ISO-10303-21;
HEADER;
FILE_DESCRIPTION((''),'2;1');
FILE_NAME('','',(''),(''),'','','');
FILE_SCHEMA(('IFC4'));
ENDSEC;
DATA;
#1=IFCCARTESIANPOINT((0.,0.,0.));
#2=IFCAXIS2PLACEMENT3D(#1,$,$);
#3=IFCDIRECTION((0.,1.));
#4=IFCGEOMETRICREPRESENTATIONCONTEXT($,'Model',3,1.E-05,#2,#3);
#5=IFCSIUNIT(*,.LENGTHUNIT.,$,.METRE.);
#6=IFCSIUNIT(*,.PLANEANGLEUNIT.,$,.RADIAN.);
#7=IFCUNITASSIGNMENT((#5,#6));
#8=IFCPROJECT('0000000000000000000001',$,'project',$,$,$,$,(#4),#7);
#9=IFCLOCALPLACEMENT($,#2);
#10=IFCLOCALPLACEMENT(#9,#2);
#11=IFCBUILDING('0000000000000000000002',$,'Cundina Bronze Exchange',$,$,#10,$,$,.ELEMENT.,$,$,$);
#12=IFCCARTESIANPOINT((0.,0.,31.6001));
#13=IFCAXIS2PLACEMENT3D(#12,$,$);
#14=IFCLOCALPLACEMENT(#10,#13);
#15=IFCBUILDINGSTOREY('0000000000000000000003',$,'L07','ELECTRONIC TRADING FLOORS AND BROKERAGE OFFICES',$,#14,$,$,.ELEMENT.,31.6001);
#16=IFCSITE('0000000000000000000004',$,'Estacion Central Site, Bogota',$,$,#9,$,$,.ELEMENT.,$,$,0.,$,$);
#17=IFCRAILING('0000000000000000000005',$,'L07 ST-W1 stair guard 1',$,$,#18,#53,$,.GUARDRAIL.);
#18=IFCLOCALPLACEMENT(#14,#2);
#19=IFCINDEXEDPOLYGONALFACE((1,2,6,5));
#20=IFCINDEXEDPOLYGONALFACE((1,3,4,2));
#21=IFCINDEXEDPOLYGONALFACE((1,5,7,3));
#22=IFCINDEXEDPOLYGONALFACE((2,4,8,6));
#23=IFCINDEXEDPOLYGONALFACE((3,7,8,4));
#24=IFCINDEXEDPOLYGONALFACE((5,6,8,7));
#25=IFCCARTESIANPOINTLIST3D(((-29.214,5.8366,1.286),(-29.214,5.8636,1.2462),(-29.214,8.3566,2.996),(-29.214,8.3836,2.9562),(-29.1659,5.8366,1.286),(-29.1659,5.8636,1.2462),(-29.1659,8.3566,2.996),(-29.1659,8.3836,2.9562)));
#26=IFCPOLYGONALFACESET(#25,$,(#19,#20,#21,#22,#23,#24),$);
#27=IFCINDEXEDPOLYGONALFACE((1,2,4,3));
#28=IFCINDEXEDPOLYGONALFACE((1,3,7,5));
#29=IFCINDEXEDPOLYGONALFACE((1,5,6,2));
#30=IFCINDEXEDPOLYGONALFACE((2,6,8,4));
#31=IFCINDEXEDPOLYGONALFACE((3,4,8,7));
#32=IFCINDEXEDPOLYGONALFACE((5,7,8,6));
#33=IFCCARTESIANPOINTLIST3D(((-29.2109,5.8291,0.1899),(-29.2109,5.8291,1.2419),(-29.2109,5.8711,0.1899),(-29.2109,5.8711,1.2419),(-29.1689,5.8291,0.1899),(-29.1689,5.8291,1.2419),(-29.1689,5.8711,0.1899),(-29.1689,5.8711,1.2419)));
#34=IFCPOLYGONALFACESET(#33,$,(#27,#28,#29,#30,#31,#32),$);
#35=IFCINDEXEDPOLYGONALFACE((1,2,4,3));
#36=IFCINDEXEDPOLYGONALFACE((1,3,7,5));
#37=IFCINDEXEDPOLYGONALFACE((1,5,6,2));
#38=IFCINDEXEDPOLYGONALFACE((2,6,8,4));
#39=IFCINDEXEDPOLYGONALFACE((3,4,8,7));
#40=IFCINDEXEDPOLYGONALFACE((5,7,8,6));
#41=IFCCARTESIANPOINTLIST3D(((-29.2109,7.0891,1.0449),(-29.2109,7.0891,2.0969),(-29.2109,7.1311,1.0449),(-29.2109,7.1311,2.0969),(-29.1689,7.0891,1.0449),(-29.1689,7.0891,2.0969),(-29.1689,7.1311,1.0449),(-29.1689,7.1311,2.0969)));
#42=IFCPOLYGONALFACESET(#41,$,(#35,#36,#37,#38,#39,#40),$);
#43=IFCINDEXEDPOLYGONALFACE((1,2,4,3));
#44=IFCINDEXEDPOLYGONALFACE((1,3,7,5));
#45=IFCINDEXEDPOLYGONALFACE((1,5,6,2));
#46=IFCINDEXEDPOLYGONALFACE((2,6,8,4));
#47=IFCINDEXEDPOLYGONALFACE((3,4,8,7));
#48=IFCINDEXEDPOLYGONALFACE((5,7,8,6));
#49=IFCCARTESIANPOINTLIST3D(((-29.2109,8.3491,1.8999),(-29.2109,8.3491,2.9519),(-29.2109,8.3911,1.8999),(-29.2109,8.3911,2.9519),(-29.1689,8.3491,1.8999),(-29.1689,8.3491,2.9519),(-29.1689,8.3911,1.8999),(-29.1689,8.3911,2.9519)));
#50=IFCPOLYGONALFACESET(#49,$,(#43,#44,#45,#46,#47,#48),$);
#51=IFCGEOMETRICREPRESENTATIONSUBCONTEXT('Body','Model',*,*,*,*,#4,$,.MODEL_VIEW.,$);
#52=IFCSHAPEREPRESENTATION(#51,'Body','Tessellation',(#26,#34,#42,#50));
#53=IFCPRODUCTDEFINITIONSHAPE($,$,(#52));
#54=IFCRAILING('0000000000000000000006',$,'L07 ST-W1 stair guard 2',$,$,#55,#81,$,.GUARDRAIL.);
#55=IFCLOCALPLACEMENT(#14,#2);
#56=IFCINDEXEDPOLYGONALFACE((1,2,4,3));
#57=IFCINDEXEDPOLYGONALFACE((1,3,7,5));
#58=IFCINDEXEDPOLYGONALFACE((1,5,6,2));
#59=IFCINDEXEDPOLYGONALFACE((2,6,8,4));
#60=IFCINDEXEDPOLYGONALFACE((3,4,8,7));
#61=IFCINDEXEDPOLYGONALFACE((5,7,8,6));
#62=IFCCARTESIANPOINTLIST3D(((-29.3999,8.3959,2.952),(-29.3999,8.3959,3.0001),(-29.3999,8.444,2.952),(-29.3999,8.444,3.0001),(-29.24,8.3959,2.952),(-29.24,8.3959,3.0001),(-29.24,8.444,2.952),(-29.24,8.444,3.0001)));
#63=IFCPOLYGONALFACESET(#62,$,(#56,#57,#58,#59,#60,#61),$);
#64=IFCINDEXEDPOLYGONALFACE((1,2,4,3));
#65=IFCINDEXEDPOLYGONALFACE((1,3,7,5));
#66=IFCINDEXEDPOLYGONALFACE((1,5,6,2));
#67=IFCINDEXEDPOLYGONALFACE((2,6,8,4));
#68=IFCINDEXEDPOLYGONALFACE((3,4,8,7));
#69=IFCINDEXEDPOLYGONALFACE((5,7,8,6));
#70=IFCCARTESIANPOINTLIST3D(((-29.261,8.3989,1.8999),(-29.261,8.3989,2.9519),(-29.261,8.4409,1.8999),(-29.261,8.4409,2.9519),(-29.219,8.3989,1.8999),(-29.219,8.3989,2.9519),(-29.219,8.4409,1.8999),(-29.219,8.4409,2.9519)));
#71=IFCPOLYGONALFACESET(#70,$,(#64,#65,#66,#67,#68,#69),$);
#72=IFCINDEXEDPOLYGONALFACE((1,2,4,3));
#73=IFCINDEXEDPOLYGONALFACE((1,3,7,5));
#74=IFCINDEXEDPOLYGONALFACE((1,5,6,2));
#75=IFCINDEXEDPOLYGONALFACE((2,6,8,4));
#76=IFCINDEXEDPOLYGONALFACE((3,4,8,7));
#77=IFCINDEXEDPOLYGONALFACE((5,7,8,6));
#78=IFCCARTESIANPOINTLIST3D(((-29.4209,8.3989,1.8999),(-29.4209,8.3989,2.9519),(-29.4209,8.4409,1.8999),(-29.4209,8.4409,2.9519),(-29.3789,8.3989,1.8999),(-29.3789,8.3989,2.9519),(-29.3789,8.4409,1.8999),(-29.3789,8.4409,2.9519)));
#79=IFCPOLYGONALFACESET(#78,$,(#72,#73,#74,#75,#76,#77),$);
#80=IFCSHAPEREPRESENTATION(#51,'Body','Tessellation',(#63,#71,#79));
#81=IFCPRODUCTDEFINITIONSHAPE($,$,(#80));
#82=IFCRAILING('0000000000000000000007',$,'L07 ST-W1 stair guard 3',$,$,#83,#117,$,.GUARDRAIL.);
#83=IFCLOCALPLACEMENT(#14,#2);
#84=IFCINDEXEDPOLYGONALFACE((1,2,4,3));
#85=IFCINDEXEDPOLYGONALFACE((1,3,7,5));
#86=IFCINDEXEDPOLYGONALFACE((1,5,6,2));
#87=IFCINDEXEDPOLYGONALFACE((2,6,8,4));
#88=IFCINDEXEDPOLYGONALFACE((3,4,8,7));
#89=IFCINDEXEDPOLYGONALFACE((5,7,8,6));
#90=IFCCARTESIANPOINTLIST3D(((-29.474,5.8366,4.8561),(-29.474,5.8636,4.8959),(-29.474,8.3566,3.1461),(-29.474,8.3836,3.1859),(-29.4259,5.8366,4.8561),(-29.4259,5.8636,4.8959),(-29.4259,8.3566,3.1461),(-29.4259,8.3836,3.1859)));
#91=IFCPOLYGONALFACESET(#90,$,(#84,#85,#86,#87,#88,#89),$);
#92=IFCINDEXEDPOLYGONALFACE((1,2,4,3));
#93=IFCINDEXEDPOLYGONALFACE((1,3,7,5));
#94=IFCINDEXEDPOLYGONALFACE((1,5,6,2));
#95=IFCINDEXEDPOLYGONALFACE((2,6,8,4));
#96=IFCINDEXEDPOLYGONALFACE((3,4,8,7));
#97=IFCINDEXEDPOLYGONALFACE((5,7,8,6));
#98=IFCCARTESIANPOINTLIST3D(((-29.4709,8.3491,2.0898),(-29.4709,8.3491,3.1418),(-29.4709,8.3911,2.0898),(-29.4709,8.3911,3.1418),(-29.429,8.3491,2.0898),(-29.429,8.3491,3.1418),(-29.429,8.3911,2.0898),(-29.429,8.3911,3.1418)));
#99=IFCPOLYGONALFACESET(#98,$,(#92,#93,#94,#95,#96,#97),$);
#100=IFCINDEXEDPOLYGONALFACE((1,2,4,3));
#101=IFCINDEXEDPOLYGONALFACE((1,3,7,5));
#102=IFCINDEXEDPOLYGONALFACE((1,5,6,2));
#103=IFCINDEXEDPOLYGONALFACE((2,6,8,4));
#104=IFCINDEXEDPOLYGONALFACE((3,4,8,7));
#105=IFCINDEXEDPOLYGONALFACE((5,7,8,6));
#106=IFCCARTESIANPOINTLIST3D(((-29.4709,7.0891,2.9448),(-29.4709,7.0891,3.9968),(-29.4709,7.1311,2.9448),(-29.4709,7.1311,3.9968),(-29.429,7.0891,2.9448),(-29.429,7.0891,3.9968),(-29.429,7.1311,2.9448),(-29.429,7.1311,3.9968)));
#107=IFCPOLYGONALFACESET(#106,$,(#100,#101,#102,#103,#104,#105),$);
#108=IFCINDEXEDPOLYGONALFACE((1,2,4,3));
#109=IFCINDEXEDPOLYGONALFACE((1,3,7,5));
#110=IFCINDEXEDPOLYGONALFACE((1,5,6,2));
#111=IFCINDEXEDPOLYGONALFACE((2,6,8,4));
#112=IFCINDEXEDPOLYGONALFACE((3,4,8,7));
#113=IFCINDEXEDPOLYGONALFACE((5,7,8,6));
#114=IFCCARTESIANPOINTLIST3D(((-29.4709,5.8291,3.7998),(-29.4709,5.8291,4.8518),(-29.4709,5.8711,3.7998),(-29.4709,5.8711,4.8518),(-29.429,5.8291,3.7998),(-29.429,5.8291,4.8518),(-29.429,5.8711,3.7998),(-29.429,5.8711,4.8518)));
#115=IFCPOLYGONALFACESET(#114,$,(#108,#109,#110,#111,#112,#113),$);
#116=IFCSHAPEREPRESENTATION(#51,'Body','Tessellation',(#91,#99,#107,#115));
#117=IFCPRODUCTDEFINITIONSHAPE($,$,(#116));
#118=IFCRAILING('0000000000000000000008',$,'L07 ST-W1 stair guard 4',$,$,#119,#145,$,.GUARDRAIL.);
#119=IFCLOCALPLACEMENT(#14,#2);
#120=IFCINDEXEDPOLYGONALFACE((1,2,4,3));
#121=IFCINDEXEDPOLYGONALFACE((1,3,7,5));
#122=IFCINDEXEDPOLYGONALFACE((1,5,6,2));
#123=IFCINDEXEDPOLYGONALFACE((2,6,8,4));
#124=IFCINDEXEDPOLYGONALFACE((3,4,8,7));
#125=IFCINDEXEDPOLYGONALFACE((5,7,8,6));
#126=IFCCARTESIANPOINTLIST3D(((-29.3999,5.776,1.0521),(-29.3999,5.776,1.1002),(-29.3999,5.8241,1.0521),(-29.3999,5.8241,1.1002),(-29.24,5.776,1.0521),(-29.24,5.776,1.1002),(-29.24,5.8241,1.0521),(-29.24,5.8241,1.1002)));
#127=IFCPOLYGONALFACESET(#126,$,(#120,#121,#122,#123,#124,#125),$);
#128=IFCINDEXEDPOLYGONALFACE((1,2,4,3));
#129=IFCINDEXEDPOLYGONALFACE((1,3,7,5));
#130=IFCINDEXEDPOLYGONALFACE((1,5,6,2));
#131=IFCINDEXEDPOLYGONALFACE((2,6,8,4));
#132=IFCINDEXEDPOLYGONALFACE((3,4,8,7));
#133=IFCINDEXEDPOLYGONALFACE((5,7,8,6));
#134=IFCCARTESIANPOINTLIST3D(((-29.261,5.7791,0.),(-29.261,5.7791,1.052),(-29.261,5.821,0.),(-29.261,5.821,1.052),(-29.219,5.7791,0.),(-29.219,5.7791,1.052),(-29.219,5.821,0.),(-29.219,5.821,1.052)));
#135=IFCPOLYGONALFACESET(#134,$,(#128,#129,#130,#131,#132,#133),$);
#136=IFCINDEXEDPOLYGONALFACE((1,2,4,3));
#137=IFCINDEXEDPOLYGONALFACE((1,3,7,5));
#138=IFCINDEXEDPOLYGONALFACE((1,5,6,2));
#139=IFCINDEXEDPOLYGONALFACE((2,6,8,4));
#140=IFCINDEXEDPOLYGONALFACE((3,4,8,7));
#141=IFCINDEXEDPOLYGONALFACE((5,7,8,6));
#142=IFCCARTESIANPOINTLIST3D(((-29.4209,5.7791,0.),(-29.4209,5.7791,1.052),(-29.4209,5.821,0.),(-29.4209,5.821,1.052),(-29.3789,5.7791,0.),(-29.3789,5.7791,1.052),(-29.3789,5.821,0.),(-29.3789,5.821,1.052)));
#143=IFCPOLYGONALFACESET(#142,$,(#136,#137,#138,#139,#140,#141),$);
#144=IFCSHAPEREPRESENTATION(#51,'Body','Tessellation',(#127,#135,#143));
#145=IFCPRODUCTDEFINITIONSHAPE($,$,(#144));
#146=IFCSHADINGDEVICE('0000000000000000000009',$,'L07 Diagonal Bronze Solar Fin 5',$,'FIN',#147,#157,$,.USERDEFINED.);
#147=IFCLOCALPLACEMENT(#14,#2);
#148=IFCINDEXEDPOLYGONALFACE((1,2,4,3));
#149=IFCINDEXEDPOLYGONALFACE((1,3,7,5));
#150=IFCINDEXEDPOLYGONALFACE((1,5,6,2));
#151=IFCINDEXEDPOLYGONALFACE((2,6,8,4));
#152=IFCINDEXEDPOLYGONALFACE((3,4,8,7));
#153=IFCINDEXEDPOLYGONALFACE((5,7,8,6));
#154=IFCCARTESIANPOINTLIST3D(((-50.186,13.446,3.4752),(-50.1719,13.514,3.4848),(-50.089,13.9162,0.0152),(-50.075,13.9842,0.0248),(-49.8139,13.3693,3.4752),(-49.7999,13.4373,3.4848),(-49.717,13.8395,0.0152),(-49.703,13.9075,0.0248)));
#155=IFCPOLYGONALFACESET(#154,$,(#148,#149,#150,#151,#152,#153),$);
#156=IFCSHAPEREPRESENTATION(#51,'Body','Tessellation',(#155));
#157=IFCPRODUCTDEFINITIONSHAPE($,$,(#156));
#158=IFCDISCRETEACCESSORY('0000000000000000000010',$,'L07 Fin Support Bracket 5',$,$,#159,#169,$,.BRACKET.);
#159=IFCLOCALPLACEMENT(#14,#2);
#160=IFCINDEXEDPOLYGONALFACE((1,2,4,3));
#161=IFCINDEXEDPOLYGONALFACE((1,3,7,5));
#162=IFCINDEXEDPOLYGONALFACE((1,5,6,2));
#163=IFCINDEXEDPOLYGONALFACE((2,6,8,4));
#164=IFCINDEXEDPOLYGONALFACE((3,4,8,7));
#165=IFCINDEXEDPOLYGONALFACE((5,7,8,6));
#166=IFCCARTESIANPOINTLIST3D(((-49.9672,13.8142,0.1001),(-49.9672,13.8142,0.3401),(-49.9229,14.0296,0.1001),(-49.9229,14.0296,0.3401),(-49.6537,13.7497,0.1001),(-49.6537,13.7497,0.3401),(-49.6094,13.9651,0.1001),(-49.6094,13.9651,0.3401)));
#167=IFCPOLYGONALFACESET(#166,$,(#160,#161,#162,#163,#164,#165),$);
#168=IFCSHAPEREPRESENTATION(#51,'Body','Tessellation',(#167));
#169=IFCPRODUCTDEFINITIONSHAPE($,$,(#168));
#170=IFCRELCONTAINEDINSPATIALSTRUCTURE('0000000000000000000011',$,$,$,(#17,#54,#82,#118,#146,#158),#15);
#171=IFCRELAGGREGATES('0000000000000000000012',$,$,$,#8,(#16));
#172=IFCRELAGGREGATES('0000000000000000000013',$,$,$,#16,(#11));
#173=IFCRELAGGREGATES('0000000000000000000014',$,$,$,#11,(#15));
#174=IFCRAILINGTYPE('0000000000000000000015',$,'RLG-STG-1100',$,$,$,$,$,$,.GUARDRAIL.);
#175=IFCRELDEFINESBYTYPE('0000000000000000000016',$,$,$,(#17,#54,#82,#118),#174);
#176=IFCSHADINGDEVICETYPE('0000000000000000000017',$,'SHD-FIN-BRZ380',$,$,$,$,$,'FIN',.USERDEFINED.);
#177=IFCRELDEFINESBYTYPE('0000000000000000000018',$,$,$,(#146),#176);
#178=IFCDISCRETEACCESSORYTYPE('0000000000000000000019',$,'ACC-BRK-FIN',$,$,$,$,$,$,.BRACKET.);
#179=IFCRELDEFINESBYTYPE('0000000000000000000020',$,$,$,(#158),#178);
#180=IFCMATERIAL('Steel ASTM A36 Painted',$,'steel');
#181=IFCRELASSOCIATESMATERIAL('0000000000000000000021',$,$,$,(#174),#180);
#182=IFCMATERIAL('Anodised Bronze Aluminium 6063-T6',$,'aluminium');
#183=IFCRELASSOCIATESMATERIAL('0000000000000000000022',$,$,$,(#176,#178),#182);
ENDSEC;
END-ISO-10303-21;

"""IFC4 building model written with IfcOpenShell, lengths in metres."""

from ifc_helpers import new_model, si_unit, direction, frame, origin, origin_2d, place, context, subcontext, project, spatial, rectangle, extrude, material, material_profile, profile_set, type_object, element, save


model = new_model("IFC4")

# Units and contexts
model_context = context("Model", 3, precision=1e-05, world=origin(), true_north=direction((0.0, 1.0)))
body_context = subcontext(model_context, "Body", "Model", "MODEL_VIEW")
ifc_project = project(units=[si_unit("LENGTHUNIT", "METRE"), si_unit("PLANEANGLEUNIT", "RADIAN")], contexts=[model_context])

# Site, building, storey
site_placement = place(None, origin())
site = spatial("IfcSite", under=ifc_project, at=site_placement, Name="Estacion Central Site, Bogota", CompositionType="ELEMENT", RefElevation=0.0)
building_placement = place(site_placement, origin())
building = spatial("IfcBuilding", under=site, at=building_placement, Name="Cundina Bronze Exchange", CompositionType="ELEMENT")
storey_placement = place(building_placement, frame((0.0, 0.0, 31.6001)))
storey = spatial("IfcBuildingStorey", under=building, at=storey_placement, Name="L07", Description="ELECTRONIC TRADING FLOORS AND BROKERAGE OFFICES", CompositionType="ELEMENT", Elevation=31.6001)

# Shared definitions
ifc_material_1 = material(Name="Anodised Bronze Aluminium 6063-T6", Category="aluminium")

# Shared definitions
ifc_material_2 = material(Name="Steel ASTM A36 Painted", Category="steel")

# Railings
railing_type_1 = type_object("IfcRailingType", Name="RLG-STG-1100", PredefinedType="GUARDRAIL", material=ifc_material_2)
railing_1_placement = place(storey_placement, frame((-29.1899, 5.8501, 0.1899)))
element("IfcRailing", 1, at=railing_1_placement, inside=storey, type_object=railing_type_1, Name="L07 ST-W1 stair guard 1", PredefinedType="GUARDRAIL", context=body_context, shape_type="SweptSolid", body=[
    extrude(rectangle(XDim=0.0481, YDim=0.0481, at=origin_2d()), frame((0.0, 0.0, 1.0762), z_axis=(0.0, 0.827484, 0.56149), x_axis=(-1.0, 0.0, 0.0)), (0.0, 0.0, 1.0), 3.0454),
    extrude(rectangle(XDim=0.042, YDim=0.042, at=origin_2d()), origin(), (0.0, 0.0, 1.0), 1.052),
    extrude(rectangle(XDim=0.042, YDim=0.042, at=origin_2d()), frame((0.0, 1.26, 0.855)), (0.0, 0.0, 1.0), 1.052),
    extrude(rectangle(XDim=0.042, YDim=0.042, at=origin_2d()), frame((0.0, 2.52, 1.71)), (0.0, 0.0, 1.0), 1.052),
])
railing_2_placement = place(storey_placement, frame((-29.24, 8.4199, 1.8999)))
element("IfcRailing", 2, at=railing_2_placement, inside=storey, type_object=railing_type_1, Name="L07 ST-W1 stair guard 2", PredefinedType="GUARDRAIL", context=body_context, shape_type="SweptSolid", body=[
    extrude(rectangle(XDim=0.0481, YDim=0.0481, at=origin_2d()), frame((0.0, 0.0, 1.0762), z_axis=(-1.0, 0.0, 0.0), x_axis=(0.0, -1.0, 0.0)), (0.0, 0.0, 1.0), 0.1599),
    extrude(rectangle(XDim=0.042, YDim=0.042, at=origin_2d()), origin(), (0.0, 0.0, 1.0), 1.052),
    extrude(rectangle(XDim=0.042, YDim=0.042, at=origin_2d()), frame((-0.1599, 0.0, 0.0)), (0.0, 0.0, 1.0), 1.052),
])
railing_3_placement = place(storey_placement, frame((-29.45, 8.3701, 2.0898)))
element("IfcRailing", 3, at=railing_3_placement, inside=storey, type_object=railing_type_1, Name="L07 ST-W1 stair guard 3", PredefinedType="GUARDRAIL", context=body_context, shape_type="SweptSolid", body=[
    extrude(rectangle(XDim=0.0481, YDim=0.0481, at=origin_2d()), frame((0.0, 0.0, 1.0762), z_axis=(0.0, -0.827484, 0.56149), x_axis=(1.0, 0.0, 0.0)), (0.0, 0.0, 1.0), 3.0454),
    extrude(rectangle(XDim=0.042, YDim=0.042, at=origin_2d()), origin(), (0.0, 0.0, 1.0), 1.052),
    extrude(rectangle(XDim=0.042, YDim=0.042, at=origin_2d()), frame((0.0, -1.26, 0.855)), (0.0, 0.0, 1.0), 1.052),
    extrude(rectangle(XDim=0.042, YDim=0.042, at=origin_2d()), frame((0.0, -2.52, 1.71)), (0.0, 0.0, 1.0), 1.052),
])
railing_4_placement = place(storey_placement, frame((-29.24, 5.8, 0.0)))
element("IfcRailing", 4, at=railing_4_placement, inside=storey, type_object=railing_type_1, Name="L07 ST-W1 stair guard 4", PredefinedType="GUARDRAIL", context=body_context, shape_type="SweptSolid", body=[
    extrude(rectangle(XDim=0.0481, YDim=0.0481, at=origin_2d()), frame((0.0, 0.0, 1.0762), z_axis=(-1.0, 0.0, 0.0), x_axis=(0.0, -1.0, 0.0)), (0.0, 0.0, 1.0), 0.1599),
    extrude(rectangle(XDim=0.042, YDim=0.042, at=origin_2d()), origin(), (0.0, 0.0, 1.0), 1.052),
    extrude(rectangle(XDim=0.042, YDim=0.042, at=origin_2d()), frame((-0.1599, 0.0, 0.0)), (0.0, 0.0, 1.0), 1.052),
])

# Shading device
ifc_material_profile_1 = material_profile(ifc_material_1, rectangle(XDim=0.0701, YDim=0.3799, at=origin_2d()), Name="FIN70X380", Category="aluminium")
ifc_profile_set_1 = profile_set([ifc_material_profile_1], Name="Anodised Bronze Aluminium 6063-T6")
shading_device_type = type_object("IfcShadingDeviceType", Name="SHD-FIN-BRZ380", ElementType="FIN", PredefinedType="USERDEFINED", material=ifc_profile_set_1)
shading_device_placement = place(storey_placement, frame((-49.896, 13.9119, 0.02), z_axis=(-0.027747, -0.134612, 0.99051), x_axis=(0.199967, 0.970115, 0.137442)))
element("IfcShadingDevice", 5, at=shading_device_placement, inside=storey, type_object=shading_device_type, Name="L07 Diagonal Bronze Solar Fin 5", ObjectType="FIN", PredefinedType="USERDEFINED", context=body_context, shape_type="SweptSolid", body=[
    extrude(rectangle(XDim=0.0701, YDim=0.3799, at=origin_2d()), origin(), (0.0, 0.0, 1.0), 3.4932),
])

# Discrete accessory
discrete_accessory_type = type_object("IfcDiscreteAccessoryType", Name="ACC-BRK-FIN", PredefinedType="BRACKET", material=ifc_material_1)
discrete_accessory_placement = place(storey_placement, frame((-49.7883, 13.8896, 0.1001), z_axis=(0.0, 0.0, 1.0), x_axis=(-0.20142, -0.979505, 0.0)))
element("IfcDiscreteAccessory", 6, at=discrete_accessory_placement, inside=storey, type_object=discrete_accessory_type, Name="L07 Fin Support Bracket 5", PredefinedType="BRACKET", context=body_context, shape_type="SweptSolid", body=[
    extrude(rectangle(XDim=0.22, YDim=0.3201, at=origin_2d()), origin(), (0.0, 0.0, 1.0), 0.24),
])

save(model, "model.ifc")
